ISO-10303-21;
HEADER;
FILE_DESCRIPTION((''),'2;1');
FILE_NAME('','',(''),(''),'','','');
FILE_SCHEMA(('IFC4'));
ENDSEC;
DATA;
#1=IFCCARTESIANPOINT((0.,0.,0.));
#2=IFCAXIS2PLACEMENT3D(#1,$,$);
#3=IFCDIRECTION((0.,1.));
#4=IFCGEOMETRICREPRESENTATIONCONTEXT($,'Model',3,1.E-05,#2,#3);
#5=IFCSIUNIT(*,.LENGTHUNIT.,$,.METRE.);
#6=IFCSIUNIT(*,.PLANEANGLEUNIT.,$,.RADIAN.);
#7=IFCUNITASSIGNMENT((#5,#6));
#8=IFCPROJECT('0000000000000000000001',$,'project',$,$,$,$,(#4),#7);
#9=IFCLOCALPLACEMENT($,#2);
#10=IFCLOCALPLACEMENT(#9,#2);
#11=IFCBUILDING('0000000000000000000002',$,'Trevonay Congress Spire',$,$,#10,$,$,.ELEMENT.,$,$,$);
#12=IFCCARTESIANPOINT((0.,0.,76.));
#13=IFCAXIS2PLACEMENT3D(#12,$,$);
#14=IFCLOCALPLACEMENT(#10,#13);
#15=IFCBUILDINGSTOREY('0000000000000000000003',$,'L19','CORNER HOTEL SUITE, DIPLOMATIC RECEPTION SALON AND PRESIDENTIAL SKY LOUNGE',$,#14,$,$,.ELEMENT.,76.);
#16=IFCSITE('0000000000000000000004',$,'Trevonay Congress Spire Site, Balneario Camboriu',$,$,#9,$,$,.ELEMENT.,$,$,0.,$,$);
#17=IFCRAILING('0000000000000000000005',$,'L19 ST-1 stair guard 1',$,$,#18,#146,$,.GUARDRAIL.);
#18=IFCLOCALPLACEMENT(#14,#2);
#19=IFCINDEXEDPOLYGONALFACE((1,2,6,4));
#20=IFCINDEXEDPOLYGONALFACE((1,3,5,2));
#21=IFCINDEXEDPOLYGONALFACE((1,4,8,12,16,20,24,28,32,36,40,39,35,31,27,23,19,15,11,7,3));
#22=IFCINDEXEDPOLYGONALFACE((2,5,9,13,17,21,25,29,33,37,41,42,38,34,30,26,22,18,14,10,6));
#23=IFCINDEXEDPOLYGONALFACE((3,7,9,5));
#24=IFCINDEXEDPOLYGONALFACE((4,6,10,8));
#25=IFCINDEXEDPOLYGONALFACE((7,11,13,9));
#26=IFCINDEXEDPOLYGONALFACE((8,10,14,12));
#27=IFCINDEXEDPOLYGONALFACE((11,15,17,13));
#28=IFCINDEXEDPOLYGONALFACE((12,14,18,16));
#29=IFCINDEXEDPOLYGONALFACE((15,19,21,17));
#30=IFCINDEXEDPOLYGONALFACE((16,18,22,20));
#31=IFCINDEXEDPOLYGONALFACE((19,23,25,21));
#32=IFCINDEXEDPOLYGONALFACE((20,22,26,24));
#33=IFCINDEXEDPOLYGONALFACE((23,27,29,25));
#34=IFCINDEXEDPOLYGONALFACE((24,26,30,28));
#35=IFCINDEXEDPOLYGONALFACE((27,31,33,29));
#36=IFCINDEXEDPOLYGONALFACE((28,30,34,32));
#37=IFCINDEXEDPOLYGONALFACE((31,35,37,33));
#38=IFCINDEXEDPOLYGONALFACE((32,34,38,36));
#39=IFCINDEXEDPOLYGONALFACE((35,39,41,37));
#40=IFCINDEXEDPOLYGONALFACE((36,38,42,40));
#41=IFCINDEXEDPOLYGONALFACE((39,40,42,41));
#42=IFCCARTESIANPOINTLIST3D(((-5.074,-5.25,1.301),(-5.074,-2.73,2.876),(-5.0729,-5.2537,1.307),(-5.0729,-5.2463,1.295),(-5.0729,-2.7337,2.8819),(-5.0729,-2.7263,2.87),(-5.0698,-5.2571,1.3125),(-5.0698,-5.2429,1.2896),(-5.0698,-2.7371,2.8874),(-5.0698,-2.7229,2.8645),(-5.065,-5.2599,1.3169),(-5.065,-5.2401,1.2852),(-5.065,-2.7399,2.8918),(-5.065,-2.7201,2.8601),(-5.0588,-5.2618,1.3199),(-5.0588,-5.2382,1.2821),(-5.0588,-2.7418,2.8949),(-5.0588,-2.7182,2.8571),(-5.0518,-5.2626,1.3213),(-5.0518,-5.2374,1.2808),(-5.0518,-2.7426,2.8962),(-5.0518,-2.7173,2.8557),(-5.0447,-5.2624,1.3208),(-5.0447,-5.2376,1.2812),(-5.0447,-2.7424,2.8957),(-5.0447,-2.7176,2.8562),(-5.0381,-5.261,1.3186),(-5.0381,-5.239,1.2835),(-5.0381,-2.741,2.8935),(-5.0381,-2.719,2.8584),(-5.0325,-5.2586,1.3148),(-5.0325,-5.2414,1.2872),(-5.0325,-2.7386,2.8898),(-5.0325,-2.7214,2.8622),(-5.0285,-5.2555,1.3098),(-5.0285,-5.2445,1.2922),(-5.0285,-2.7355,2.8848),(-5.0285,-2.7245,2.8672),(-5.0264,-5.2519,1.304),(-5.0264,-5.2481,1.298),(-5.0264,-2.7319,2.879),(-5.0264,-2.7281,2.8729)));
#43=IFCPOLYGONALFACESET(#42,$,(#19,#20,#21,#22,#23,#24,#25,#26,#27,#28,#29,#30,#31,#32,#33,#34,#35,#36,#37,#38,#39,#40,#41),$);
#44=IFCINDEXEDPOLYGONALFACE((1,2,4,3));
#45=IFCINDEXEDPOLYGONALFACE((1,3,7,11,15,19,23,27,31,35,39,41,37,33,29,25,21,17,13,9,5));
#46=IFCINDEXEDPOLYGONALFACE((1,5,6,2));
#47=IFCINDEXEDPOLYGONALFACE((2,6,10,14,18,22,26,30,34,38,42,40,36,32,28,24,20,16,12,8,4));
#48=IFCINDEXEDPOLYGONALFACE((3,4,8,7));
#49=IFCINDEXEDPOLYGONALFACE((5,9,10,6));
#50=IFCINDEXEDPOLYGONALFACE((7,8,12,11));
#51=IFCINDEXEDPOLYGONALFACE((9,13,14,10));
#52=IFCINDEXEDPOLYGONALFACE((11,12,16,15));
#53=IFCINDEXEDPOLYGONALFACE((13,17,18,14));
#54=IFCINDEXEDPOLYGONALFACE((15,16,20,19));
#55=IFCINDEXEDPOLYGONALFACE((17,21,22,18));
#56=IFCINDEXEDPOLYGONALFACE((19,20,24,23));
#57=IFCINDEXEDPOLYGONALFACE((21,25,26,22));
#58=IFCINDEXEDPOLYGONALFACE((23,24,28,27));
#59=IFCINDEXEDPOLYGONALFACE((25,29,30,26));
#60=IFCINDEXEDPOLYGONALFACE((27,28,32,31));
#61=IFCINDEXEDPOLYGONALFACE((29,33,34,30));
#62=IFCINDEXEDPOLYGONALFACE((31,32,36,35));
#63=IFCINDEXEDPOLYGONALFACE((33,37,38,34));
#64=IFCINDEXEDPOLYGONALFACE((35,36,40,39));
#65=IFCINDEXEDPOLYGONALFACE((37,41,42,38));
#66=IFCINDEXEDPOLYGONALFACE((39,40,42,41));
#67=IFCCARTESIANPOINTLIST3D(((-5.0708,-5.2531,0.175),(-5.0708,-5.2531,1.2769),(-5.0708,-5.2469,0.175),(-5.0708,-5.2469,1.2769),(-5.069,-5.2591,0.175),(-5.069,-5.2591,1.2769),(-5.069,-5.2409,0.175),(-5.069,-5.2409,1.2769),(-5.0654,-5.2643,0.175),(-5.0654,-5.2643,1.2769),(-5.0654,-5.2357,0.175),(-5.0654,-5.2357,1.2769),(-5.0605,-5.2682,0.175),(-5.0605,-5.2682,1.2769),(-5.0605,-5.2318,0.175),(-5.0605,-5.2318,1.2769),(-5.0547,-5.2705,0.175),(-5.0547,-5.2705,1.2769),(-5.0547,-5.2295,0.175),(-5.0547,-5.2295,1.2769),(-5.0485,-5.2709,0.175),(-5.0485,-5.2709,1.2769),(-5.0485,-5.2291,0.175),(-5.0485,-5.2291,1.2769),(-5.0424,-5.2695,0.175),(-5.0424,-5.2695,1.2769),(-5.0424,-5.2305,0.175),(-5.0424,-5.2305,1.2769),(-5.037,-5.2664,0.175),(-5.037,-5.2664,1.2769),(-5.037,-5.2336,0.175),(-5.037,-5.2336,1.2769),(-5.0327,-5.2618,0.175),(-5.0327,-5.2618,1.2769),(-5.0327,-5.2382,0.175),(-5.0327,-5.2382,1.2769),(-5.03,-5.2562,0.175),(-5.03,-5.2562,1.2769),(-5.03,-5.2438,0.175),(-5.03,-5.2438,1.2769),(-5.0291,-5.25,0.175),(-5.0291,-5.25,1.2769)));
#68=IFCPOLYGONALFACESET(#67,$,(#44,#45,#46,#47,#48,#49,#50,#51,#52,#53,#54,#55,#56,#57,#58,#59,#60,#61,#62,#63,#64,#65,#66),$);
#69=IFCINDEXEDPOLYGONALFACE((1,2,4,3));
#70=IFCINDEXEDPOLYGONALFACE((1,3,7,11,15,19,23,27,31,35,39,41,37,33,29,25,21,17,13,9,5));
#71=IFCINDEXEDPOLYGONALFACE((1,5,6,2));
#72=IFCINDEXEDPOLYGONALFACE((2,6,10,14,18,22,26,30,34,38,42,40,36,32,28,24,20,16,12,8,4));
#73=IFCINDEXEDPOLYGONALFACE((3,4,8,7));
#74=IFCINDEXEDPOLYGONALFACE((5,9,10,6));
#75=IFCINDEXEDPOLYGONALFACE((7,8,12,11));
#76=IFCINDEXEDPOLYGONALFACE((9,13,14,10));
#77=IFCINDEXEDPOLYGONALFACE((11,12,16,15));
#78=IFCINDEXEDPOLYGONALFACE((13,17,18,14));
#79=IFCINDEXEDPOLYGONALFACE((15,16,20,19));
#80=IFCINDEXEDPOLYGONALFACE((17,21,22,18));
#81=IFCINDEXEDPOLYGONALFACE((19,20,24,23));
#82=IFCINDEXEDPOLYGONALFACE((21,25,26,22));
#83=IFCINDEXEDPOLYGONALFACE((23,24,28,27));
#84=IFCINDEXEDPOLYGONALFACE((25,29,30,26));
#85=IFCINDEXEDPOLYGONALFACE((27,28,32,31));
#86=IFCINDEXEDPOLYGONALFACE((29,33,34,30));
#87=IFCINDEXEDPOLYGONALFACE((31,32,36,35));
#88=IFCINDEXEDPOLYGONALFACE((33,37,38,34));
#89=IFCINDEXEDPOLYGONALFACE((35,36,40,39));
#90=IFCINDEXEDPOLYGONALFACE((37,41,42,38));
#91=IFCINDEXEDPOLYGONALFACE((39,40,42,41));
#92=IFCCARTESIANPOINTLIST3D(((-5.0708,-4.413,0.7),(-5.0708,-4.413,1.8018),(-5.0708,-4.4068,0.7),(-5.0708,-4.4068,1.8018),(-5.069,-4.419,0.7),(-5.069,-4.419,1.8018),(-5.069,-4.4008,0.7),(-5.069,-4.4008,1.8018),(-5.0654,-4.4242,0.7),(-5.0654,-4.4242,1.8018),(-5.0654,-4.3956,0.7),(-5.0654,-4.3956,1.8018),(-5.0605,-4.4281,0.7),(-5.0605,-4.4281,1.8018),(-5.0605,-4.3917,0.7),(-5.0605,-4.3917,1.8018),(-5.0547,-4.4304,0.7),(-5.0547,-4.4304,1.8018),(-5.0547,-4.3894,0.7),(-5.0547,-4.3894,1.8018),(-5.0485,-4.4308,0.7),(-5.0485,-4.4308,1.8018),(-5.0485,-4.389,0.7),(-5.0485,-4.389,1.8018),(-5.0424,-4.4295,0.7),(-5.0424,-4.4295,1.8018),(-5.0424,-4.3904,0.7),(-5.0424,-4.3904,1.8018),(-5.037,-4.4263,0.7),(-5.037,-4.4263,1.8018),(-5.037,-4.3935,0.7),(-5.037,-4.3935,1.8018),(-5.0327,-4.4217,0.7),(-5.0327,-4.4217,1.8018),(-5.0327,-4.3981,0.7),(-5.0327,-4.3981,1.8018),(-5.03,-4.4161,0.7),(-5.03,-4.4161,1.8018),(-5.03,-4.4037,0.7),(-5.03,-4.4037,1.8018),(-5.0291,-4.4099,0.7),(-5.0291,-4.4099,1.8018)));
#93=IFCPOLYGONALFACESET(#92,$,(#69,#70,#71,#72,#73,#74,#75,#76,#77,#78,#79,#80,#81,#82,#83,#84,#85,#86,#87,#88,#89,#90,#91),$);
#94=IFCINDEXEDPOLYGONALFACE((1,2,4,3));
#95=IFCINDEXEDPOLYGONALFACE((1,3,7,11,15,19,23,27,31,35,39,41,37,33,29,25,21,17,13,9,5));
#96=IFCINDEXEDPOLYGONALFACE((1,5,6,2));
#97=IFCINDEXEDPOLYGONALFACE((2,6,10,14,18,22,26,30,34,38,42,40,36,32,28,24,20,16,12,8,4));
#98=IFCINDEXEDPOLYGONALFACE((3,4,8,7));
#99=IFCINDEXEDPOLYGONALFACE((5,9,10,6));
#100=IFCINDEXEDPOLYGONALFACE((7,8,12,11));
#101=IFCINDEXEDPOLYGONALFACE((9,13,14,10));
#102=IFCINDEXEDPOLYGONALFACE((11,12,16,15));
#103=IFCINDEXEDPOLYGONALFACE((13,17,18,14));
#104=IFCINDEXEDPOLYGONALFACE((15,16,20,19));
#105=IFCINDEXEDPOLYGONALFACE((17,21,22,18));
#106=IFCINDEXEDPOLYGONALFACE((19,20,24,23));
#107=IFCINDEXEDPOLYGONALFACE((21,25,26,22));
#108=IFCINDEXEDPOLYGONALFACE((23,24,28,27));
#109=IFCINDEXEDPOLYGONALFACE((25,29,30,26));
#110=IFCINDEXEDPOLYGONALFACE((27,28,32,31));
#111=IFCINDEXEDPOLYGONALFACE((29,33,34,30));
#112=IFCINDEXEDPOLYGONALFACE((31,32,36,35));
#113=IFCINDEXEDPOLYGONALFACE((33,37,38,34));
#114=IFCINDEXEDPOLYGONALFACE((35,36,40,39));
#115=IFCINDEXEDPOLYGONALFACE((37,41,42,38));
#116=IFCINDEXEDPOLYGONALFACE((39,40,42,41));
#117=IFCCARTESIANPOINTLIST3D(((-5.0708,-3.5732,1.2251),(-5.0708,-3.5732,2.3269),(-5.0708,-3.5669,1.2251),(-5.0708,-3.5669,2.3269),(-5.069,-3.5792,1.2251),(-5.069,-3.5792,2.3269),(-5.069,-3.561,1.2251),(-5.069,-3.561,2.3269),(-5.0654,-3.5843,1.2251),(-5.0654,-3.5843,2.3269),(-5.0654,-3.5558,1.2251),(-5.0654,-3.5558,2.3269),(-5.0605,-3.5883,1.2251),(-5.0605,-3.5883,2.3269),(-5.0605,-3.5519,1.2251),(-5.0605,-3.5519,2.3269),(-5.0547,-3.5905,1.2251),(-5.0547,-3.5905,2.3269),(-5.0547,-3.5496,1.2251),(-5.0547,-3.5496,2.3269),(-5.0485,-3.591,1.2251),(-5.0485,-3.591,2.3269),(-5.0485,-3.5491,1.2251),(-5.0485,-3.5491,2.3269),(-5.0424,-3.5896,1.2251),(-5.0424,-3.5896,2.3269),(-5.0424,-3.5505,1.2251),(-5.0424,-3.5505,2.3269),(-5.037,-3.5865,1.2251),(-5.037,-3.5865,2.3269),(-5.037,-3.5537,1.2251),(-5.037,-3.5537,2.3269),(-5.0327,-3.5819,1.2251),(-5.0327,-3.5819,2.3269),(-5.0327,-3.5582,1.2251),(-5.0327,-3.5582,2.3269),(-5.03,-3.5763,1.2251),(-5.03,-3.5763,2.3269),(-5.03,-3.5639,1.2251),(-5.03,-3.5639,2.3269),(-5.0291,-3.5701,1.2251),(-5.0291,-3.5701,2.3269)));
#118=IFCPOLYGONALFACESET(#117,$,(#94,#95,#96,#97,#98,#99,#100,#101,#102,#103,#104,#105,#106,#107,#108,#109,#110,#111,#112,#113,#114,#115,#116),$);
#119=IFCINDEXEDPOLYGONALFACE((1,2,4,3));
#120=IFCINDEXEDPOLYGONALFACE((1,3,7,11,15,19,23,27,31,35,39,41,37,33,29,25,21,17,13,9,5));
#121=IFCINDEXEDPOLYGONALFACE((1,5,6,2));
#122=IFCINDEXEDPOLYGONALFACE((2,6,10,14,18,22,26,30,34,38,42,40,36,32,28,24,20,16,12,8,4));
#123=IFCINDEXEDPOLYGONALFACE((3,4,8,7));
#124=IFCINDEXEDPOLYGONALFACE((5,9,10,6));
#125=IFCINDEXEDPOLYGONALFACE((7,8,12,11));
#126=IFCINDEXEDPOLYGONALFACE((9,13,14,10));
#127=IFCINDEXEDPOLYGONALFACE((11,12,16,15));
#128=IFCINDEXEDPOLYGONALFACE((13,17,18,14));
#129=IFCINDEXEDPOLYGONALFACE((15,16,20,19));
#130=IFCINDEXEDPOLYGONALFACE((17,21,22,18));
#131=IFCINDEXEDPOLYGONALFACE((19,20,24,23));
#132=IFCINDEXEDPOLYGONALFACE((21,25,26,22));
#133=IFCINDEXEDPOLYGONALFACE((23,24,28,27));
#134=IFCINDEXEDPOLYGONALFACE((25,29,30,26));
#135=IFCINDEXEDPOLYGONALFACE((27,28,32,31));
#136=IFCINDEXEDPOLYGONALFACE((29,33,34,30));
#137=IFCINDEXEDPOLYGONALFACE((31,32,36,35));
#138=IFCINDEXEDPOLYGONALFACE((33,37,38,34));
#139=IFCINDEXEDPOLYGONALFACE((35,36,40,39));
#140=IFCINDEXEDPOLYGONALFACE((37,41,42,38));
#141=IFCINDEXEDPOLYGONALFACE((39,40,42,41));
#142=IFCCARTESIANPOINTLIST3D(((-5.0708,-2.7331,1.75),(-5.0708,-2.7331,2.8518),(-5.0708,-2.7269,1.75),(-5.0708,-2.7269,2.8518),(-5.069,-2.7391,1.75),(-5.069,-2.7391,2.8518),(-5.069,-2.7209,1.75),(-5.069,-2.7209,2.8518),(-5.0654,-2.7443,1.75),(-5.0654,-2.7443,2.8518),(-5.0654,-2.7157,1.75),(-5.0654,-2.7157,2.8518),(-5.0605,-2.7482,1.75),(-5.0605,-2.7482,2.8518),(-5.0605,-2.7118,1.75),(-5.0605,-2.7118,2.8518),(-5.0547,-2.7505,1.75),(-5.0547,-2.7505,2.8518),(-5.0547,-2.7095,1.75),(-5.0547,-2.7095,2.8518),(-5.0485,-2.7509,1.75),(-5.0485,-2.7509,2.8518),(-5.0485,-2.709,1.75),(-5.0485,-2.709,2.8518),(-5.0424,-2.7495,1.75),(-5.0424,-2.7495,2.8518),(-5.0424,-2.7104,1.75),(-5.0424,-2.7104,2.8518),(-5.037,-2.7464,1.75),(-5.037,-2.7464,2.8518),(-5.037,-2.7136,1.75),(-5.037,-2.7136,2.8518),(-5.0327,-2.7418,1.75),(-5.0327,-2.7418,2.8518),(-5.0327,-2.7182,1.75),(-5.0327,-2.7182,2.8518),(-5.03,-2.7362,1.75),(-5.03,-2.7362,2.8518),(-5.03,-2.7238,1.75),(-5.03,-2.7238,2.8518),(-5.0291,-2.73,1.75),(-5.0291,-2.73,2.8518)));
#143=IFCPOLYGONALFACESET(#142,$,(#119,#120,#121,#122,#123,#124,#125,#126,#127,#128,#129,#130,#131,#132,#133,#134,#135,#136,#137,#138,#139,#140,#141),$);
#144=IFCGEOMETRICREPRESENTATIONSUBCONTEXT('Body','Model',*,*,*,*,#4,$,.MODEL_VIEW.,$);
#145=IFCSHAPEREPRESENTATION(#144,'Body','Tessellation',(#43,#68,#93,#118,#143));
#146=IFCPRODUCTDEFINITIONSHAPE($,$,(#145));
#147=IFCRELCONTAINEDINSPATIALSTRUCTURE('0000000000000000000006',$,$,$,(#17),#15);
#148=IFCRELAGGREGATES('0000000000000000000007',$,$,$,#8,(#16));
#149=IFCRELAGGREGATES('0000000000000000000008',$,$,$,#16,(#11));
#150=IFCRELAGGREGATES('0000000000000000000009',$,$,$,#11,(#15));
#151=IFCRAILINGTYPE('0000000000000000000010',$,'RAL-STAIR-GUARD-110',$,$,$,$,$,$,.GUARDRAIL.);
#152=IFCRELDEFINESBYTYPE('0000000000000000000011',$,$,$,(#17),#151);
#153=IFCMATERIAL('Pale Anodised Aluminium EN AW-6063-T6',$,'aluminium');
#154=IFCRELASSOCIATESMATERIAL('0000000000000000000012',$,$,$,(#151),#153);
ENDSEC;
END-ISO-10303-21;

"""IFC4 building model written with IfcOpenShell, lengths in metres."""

from ifc_helpers import new_model, si_unit, direction, frame, origin, origin_2d, place, context, subcontext, project, spatial, circle, extrude, material, type_object, element, save


model = new_model("IFC4")

# Units and contexts
model_context = context("Model", 3, precision=1e-05, world=origin(), true_north=direction((0.0, 1.0)))
body_context = subcontext(model_context, "Body", "Model", "MODEL_VIEW")
ifc_project = project(units=[si_unit("LENGTHUNIT", "METRE"), si_unit("PLANEANGLEUNIT", "RADIAN")], contexts=[model_context])

# Site, building, storey
site_placement = place(None, origin())
site = spatial("IfcSite", under=ifc_project, at=site_placement, Name="Trevonay Congress Spire Site, Balneario Camboriu", CompositionType="ELEMENT", RefElevation=0.0)
building_placement = place(site_placement, origin())
building = spatial("IfcBuilding", under=site, at=building_placement, Name="Trevonay Congress Spire", CompositionType="ELEMENT")
storey_placement = place(building_placement, frame((0.0, 0.0, 76.0)))
storey = spatial("IfcBuildingStorey", under=building, at=storey_placement, Name="L19", Description="CORNER HOTEL SUITE, DIPLOMATIC RECEPTION SALON AND PRESIDENTIAL SKY LOUNGE", CompositionType="ELEMENT", Elevation=76.0)

# Shared definitions
ifc_material_1 = material(Name="Pale Anodised Aluminium EN AW-6063-T6", Category="aluminium")

# Railing
railing_type_1 = type_object("IfcRailingType", Name="RAL-STAIR-GUARD-110", PredefinedType="GUARDRAIL", material=ifc_material_1)
railing_1_placement = place(storey_placement, frame((-5.05, -5.25, 0.175)))
element("IfcRailing", 1, at=railing_1_placement, inside=storey, type_object=railing_type_1, Name="L19 ST-1 stair guard 1", PredefinedType="GUARDRAIL", context=body_context, shape_type="SweptSolid", body=[
    extrude(circle(Radius=0.0239, at=origin_2d()), frame((0.0, 0.0, 1.126), z_axis=(0.0, 0.848008, 0.529984), x_axis=(-1.0, 0.0, 0.0)), (0.0, 0.0, 1.0), 2.9717),
    extrude(circle(Radius=0.021, at=origin_2d()), origin(), (0.0, 0.0, 1.0), 1.1018),
    extrude(circle(Radius=0.021, at=origin_2d()), frame((0.0, 0.8401, 0.5249)), (0.0, 0.0, 1.0), 1.1018),
    extrude(circle(Radius=0.021, at=origin_2d()), frame((0.0, 1.6799, 1.05)), (0.0, 0.0, 1.0), 1.1018),
    extrude(circle(Radius=0.021, at=origin_2d()), frame((0.0, 2.52, 1.575)), (0.0, 0.0, 1.0), 1.1018),
])

save(model, "model.ifc")
